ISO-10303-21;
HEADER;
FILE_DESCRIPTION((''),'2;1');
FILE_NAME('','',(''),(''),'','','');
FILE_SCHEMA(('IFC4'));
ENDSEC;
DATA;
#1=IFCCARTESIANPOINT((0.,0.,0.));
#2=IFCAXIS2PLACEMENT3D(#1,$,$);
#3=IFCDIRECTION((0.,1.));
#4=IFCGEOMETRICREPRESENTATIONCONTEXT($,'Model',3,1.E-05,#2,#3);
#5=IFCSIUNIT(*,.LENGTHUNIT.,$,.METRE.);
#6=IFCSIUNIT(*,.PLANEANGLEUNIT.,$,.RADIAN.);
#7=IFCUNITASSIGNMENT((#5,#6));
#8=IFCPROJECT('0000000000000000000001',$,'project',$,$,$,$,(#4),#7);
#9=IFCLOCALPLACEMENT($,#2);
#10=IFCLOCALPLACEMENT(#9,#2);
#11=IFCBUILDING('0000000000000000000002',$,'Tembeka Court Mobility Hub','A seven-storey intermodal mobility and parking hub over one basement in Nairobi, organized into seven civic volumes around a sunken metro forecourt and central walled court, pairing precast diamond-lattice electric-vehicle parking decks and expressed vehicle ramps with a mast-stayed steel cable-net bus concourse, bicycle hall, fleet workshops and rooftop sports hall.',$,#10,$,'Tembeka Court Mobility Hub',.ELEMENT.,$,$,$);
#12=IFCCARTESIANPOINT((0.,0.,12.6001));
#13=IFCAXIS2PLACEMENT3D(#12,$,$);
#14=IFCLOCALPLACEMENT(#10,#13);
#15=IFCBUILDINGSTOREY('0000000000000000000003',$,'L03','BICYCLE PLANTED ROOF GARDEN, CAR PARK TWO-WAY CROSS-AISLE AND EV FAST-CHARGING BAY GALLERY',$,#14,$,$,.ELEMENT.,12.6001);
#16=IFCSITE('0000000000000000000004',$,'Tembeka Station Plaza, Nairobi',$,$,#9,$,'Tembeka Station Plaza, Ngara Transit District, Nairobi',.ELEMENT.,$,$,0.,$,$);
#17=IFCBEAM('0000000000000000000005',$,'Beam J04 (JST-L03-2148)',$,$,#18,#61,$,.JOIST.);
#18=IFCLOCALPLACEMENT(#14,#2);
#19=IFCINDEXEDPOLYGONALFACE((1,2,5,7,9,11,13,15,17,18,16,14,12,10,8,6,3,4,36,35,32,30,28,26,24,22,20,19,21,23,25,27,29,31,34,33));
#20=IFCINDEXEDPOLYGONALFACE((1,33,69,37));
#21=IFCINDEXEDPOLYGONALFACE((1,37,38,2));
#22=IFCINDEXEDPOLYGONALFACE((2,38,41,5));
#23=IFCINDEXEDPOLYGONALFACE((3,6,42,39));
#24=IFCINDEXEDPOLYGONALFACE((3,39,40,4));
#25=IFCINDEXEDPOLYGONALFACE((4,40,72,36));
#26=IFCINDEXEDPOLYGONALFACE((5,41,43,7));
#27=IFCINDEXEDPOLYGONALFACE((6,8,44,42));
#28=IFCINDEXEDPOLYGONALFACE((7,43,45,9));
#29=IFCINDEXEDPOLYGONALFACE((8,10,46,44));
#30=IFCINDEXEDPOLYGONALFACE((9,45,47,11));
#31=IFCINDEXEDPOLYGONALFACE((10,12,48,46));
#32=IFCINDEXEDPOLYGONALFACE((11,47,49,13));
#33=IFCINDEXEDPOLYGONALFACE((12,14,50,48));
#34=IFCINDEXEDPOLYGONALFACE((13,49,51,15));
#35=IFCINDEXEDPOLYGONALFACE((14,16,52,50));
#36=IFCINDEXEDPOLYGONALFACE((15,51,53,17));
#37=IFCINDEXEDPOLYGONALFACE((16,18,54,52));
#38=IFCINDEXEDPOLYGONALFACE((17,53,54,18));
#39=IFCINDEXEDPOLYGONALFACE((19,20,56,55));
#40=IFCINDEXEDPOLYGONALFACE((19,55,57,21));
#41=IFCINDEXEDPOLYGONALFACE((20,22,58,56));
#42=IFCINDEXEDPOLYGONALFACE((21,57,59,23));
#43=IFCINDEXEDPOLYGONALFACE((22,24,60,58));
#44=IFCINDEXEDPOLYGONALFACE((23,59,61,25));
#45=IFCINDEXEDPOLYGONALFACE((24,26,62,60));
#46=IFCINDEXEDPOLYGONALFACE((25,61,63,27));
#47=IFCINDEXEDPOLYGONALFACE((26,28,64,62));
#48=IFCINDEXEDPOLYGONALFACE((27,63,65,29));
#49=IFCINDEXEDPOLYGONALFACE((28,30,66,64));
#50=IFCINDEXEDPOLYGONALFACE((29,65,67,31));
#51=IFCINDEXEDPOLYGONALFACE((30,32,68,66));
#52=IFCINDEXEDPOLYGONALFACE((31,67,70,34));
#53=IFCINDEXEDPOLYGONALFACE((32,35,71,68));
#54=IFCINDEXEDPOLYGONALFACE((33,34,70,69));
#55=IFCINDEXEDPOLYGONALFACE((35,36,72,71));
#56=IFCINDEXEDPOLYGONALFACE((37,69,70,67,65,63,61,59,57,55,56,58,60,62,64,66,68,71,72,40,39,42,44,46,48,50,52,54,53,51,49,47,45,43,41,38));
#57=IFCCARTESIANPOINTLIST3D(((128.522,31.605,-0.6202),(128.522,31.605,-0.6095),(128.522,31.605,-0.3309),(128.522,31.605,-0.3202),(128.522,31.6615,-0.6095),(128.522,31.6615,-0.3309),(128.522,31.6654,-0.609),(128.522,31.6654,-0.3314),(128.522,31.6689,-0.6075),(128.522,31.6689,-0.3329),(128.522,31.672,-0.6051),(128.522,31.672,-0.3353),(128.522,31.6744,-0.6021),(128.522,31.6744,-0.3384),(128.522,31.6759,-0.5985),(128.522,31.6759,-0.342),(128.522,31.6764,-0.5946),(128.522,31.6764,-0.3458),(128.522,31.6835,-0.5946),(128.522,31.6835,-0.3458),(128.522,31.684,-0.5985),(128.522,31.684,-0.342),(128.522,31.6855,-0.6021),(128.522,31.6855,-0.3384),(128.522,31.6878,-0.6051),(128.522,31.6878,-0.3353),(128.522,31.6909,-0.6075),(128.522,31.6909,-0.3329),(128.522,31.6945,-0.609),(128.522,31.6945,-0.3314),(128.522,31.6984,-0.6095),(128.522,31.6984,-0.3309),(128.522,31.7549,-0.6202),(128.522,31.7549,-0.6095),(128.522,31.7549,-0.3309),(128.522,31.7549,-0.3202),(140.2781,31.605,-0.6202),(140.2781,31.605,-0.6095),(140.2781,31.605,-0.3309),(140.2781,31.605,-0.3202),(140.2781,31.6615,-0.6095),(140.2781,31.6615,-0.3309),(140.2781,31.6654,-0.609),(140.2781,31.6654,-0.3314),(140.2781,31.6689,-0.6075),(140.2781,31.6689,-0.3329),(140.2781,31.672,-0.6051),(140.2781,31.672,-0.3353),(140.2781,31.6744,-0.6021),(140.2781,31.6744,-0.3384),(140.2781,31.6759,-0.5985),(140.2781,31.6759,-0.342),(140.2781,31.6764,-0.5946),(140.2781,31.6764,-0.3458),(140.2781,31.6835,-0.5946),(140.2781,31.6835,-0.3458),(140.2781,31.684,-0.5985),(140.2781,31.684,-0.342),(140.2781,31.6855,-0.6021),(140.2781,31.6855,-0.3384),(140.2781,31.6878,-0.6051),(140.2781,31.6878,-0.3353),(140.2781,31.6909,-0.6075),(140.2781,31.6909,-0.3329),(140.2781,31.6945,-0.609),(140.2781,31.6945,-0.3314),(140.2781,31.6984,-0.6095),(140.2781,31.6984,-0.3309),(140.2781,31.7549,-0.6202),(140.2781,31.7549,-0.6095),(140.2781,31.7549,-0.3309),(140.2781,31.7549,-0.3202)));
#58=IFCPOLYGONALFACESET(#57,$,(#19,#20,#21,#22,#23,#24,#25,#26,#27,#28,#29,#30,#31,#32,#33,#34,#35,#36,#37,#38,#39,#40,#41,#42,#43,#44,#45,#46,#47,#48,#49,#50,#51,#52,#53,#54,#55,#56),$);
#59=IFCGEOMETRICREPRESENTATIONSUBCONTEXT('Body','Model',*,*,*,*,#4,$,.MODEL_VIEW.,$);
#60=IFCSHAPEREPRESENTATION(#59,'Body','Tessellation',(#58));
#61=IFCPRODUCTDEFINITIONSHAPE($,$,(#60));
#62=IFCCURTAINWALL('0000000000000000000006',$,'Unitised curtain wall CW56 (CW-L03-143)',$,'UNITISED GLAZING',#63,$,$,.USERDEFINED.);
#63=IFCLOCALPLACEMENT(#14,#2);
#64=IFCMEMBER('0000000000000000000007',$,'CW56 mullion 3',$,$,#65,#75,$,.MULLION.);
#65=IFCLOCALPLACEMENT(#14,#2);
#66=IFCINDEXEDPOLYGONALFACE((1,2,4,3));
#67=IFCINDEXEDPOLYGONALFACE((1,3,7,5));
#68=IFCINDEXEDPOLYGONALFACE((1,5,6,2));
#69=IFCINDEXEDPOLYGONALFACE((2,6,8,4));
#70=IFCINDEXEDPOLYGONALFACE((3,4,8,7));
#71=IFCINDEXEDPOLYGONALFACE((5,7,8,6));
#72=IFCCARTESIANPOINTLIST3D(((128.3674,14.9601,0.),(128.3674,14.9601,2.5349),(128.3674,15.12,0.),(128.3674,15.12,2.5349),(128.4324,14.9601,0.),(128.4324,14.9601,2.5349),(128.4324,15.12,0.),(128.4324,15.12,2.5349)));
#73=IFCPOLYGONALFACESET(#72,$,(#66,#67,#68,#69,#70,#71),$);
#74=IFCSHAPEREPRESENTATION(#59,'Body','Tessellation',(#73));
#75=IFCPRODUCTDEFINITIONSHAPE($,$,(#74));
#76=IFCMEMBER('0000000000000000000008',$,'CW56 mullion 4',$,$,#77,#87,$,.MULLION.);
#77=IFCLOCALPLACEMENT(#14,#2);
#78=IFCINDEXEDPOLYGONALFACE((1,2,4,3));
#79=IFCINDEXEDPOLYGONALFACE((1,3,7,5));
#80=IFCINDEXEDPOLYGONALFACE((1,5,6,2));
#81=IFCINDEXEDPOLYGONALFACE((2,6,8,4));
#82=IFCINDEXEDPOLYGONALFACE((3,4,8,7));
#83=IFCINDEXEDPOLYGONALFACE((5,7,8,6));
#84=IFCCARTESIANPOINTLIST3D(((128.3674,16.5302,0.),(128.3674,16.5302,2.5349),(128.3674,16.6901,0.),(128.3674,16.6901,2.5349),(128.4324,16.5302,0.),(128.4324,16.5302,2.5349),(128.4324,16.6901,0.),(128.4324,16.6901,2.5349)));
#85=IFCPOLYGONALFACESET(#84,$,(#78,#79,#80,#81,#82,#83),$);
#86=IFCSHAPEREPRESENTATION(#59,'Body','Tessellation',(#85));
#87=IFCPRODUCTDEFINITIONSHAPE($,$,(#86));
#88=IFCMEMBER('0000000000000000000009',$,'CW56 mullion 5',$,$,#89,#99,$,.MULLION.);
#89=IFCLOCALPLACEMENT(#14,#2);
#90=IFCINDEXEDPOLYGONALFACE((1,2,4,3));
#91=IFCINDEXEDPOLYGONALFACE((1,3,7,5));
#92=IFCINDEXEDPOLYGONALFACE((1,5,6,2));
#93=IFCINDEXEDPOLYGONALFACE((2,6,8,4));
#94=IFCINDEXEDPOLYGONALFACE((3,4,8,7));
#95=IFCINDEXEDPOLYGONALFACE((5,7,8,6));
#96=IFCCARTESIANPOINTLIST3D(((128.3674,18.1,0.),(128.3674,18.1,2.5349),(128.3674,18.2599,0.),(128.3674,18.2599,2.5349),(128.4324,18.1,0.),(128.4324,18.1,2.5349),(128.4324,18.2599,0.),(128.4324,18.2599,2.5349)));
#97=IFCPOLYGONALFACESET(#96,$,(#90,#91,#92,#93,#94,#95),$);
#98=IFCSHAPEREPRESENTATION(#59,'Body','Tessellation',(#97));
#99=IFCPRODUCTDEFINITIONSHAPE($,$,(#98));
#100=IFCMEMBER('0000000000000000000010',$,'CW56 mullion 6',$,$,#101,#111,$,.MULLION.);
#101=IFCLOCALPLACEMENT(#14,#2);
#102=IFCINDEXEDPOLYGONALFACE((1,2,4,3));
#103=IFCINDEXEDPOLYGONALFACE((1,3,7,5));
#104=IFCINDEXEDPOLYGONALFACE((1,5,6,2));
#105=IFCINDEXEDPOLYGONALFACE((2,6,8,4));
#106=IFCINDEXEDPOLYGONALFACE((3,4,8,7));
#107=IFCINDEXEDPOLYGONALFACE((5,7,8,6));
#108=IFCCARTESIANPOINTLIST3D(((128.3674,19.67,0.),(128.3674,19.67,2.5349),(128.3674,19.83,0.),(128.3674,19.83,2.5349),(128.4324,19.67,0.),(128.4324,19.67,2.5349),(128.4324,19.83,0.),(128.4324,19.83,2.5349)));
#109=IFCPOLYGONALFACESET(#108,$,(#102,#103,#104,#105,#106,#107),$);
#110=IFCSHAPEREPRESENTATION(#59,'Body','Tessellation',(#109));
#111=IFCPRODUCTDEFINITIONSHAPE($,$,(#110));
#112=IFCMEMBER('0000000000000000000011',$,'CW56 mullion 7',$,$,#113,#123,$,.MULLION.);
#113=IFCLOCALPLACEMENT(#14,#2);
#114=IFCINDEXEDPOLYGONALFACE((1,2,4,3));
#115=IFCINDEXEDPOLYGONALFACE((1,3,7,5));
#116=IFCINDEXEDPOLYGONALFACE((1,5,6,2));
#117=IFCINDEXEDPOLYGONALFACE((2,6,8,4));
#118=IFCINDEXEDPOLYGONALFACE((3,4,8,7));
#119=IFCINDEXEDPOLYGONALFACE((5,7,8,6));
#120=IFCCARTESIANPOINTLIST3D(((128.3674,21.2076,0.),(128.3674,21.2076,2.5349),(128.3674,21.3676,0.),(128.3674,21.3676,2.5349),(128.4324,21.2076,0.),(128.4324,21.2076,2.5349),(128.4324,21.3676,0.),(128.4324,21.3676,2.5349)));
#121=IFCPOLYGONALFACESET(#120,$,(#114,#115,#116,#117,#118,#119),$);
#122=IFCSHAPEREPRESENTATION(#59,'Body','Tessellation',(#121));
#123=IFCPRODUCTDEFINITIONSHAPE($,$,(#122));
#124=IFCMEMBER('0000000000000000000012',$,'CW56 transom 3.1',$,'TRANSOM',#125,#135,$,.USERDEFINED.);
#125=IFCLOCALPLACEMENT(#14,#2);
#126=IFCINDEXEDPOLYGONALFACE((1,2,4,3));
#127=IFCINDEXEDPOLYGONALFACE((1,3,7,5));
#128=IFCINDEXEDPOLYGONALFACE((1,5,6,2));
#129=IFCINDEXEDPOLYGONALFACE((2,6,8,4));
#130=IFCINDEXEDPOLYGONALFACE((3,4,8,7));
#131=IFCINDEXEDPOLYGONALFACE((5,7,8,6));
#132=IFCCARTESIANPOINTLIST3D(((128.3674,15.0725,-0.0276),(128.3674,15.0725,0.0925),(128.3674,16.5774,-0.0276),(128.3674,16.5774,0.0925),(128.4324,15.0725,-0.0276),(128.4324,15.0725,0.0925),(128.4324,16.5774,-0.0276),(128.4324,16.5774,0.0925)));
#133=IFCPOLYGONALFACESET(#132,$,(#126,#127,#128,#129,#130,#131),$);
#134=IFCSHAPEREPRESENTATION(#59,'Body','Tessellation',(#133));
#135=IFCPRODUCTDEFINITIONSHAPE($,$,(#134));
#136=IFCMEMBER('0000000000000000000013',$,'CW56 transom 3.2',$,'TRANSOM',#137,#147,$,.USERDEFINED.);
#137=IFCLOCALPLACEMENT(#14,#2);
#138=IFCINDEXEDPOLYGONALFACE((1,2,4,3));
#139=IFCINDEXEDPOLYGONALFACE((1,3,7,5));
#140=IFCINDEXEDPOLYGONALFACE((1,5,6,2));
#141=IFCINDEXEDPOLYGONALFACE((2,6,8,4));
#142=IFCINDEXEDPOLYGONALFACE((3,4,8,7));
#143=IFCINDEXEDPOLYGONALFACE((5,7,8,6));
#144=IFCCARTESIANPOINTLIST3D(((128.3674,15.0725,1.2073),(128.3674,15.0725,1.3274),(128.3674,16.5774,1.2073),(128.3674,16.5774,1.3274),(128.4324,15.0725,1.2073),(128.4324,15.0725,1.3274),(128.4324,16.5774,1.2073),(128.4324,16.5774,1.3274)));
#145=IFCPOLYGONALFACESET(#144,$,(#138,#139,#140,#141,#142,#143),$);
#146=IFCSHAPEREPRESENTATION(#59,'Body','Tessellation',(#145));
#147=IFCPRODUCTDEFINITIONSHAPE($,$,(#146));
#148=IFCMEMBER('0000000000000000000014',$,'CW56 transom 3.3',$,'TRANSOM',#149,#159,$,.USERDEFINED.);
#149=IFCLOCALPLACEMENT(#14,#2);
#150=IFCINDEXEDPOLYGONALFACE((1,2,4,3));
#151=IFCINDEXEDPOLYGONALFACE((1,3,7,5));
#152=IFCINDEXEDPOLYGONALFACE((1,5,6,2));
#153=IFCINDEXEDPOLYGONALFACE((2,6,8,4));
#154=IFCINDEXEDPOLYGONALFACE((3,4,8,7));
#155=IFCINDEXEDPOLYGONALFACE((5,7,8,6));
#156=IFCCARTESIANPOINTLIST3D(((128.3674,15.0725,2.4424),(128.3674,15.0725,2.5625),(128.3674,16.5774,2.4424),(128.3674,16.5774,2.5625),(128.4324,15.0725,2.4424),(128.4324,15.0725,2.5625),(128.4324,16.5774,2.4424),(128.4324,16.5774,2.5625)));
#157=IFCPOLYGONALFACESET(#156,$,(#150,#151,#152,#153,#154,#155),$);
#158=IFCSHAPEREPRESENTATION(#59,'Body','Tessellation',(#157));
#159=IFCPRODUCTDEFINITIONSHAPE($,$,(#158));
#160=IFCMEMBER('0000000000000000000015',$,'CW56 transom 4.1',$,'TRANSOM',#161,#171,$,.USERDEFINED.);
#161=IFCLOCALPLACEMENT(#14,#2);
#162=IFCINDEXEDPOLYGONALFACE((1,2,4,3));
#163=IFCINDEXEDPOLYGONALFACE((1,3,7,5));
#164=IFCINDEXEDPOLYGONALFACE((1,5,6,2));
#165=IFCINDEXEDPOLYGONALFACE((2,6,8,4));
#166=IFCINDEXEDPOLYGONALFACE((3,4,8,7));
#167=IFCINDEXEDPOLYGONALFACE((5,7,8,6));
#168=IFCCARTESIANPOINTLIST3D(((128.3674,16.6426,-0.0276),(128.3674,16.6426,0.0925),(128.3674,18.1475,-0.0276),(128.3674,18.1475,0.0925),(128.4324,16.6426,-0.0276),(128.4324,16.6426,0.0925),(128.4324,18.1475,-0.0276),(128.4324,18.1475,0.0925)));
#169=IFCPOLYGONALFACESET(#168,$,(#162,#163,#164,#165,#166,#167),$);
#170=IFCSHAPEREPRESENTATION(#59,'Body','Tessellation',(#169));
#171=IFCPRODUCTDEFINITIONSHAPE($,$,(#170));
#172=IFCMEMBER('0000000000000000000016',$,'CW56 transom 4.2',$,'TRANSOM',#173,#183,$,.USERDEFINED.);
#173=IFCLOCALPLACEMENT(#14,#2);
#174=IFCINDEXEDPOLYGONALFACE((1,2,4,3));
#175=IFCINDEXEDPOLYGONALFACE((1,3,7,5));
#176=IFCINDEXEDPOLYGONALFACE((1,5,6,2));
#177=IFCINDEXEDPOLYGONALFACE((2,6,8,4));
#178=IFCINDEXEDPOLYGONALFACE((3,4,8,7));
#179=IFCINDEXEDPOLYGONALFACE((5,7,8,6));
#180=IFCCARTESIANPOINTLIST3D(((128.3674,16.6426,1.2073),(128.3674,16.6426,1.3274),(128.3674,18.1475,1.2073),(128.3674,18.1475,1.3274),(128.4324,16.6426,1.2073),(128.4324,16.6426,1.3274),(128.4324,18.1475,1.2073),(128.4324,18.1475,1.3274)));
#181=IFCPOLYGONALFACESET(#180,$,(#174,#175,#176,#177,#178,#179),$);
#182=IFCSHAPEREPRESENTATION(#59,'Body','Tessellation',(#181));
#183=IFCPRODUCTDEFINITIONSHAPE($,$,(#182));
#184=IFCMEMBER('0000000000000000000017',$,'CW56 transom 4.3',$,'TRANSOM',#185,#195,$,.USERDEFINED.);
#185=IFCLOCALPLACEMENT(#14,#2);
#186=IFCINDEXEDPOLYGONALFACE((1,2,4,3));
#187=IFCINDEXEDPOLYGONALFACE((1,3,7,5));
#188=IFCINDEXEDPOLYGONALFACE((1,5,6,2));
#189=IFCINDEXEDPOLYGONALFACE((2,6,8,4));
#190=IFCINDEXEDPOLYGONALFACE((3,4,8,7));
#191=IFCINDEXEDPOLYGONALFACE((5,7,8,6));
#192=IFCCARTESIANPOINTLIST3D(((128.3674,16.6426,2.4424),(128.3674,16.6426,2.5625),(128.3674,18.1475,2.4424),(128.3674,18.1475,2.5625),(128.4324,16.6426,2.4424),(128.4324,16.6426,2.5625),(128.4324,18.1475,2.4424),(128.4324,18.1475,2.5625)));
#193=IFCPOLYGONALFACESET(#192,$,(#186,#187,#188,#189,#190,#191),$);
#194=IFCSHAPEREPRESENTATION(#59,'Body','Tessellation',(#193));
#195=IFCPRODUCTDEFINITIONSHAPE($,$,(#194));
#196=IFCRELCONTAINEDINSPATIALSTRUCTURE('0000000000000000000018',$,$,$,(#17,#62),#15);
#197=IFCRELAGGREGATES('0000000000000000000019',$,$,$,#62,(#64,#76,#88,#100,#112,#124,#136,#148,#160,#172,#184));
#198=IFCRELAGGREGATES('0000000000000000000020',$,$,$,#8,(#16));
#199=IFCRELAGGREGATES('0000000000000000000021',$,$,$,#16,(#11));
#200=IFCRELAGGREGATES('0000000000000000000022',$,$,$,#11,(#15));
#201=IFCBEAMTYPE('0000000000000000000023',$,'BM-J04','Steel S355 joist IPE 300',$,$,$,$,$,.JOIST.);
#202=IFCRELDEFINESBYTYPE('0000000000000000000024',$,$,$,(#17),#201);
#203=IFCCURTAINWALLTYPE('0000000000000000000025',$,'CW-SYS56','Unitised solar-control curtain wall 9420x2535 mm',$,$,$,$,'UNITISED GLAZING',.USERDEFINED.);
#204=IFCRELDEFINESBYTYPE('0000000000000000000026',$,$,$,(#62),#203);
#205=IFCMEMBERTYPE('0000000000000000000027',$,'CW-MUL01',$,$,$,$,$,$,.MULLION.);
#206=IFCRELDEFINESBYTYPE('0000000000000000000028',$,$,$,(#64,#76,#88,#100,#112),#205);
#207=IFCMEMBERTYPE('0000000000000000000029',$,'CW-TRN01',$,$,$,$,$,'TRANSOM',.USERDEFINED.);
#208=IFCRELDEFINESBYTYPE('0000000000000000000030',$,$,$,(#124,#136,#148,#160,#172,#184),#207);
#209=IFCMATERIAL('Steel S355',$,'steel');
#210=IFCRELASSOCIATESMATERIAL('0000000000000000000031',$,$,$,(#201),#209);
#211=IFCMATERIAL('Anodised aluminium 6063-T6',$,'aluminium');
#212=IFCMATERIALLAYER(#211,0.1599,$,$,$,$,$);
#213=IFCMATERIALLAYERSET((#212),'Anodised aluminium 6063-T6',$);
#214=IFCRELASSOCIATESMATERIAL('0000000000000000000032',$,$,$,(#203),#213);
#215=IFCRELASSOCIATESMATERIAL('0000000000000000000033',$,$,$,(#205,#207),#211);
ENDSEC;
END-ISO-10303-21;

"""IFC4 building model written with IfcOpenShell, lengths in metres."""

from ifc_helpers import new_model, si_unit, direction, frame, origin, origin_2d, place, context, subcontext, project, spatial, rectangle, i_section, extrude, material, layer, layer_set, material_profile, profile_set, type_object, element, aggregate, save


model = new_model("IFC4")

# Units and contexts
model_context = context("Model", 3, precision=1e-05, world=origin(), true_north=direction((0.0, 1.0)))
body_context = subcontext(model_context, "Body", "Model", "MODEL_VIEW")
ifc_project = project(units=[si_unit("LENGTHUNIT", "METRE"), si_unit("PLANEANGLEUNIT", "RADIAN")], contexts=[model_context])

# Site, building, storey
site_placement = place(None, origin())
site = spatial("IfcSite", under=ifc_project, at=site_placement, Name="Tembeka Station Plaza, Nairobi", LongName="Tembeka Station Plaza, Ngara Transit District, Nairobi", CompositionType="ELEMENT", RefElevation=0.0)
building_placement = place(site_placement, origin())
building = spatial("IfcBuilding", under=site, at=building_placement, Name="Tembeka Court Mobility Hub", Description="A seven-storey intermodal mobility and parking hub over one basement in Nairobi, organized into seven civic volumes around a sunken metro forecourt and central walled court, pairing precast diamond-lattice electric-vehicle parking decks and expressed vehicle ramps with a mast-stayed steel cable-net bus concourse, bicycle hall, fleet workshops and rooftop sports hall.", LongName="Tembeka Court Mobility Hub", CompositionType="ELEMENT")
storey_placement = place(building_placement, frame((0.0, 0.0, 12.6001)))
storey = spatial("IfcBuildingStorey", under=building, at=storey_placement, Name="L03", Description="BICYCLE PLANTED ROOF GARDEN, CAR PARK TWO-WAY CROSS-AISLE AND EV FAST-CHARGING BAY GALLERY", CompositionType="ELEMENT", Elevation=12.6001)

# Shared definitions
ifc_material_1 = material(Name="Steel S355", Category="steel")

# Beam
ifc_material_profile_1 = material_profile(ifc_material_1, i_section(OverallWidth=0.1499, OverallDepth=0.3, WebThickness=0.0071, FlangeThickness=0.0107, FilletRadius=0.0149, at=origin_2d()), Name="IPE 300")
ifc_profile_set_1 = profile_set([ifc_material_profile_1], Name="Steel S355")
beam_type_1 = type_object("IfcBeamType", Name="BM-J04", Description="Steel S355 joist IPE 300", PredefinedType="JOIST", material=ifc_profile_set_1)
for number, where, z_axis, x_axis, name in (
    (1, (128.522, 31.6799, -0.4702), (1.0, 0.0, 0.0), (0.0, 1.0, 0.0), "Beam J04 (JST-L03-2148)"),
):
    element("IfcBeam", number, at=place(storey_placement, frame(where, z_axis=z_axis, x_axis=x_axis)), inside=storey, type_object=beam_type_1, Name=name, PredefinedType="JOIST", context=body_context, shape_type="SweptSolid", body=[
        extrude(i_section(OverallWidth=0.1499, OverallDepth=0.3, WebThickness=0.0071, FlangeThickness=0.0107, FilletRadius=0.0149, at=origin_2d()), origin(), (0.0, 0.0, 1.0), 11.7561),
    ])

# Curtain wall, members
ifc_material_2 = material(Name="Anodised aluminium 6063-T6", Category="aluminium")
ifc_layer_1 = layer(ifc_material_2, 0.1599)
ifc_layer_set_1 = layer_set([ifc_layer_1], Name="Anodised aluminium 6063-T6")
curtain_wall_type = type_object("IfcCurtainWallType", Name="CW-SYS56", Description="Unitised solar-control curtain wall 9420x2535 mm", ElementType="UNITISED GLAZING", PredefinedType="USERDEFINED", material=ifc_layer_set_1)
curtain_wall_placement = place(storey_placement, origin())
curtain_wall = element("IfcCurtainWall", 2, at=curtain_wall_placement, inside=storey, type_object=curtain_wall_type, Name="Unitised curtain wall CW56 (CW-L03-143)", ObjectType="UNITISED GLAZING", PredefinedType="USERDEFINED")
ifc_material_profile_2 = material_profile(ifc_material_2, rectangle(XDim=0.0649, YDim=0.1599, at=origin_2d()), Name="ALU-MUL 65x160")
ifc_profile_set_2 = profile_set([ifc_material_profile_2], Name="Anodised aluminium 6063-T6")
member_type_1 = type_object("IfcMemberType", Name="CW-MUL01", PredefinedType="MULLION", material=ifc_profile_set_2)
member_1_placement = place(storey_placement, frame((128.3999, 15.04, 0.0), z_axis=(0.0, 0.0, 1.0), x_axis=(-1.0, 0.0, 0.0)))
member_1 = element("IfcMember", 3, at=member_1_placement, type_object=member_type_1, Name="CW56 mullion 3", PredefinedType="MULLION", context=body_context, shape_type="SweptSolid", body=[
    extrude(rectangle(XDim=0.0649, YDim=0.1599, at=origin_2d()), origin(), (0.0, 0.0, 1.0), 2.5349),
])
member_2_placement = place(storey_placement, frame((128.3999, 16.6101, 0.0), z_axis=(0.0, 0.0, 1.0), x_axis=(-1.0, 0.0, 0.0)))
member_2 = element("IfcMember", 4, at=member_2_placement, type_object=member_type_1, Name="CW56 mullion 4", PredefinedType="MULLION", context=body_context, shape_type="SweptSolid", body=[
    extrude(rectangle(XDim=0.0649, YDim=0.1599, at=origin_2d()), origin(), (0.0, 0.0, 1.0), 2.5349),
])
member_3_placement = place(storey_placement, frame((128.3999, 18.1799, 0.0), z_axis=(0.0, 0.0, 1.0), x_axis=(-1.0, 0.0, 0.0)))
member_3 = element("IfcMember", 5, at=member_3_placement, type_object=member_type_1, Name="CW56 mullion 5", PredefinedType="MULLION", context=body_context, shape_type="SweptSolid", body=[
    extrude(rectangle(XDim=0.0649, YDim=0.1599, at=origin_2d()), origin(), (0.0, 0.0, 1.0), 2.5349),
])
member_4_placement = place(storey_placement, frame((128.3999, 19.75, 0.0), z_axis=(0.0, 0.0, 1.0), x_axis=(-1.0, 0.0, 0.0)))
member_4 = element("IfcMember", 6, at=member_4_placement, type_object=member_type_1, Name="CW56 mullion 6", PredefinedType="MULLION", context=body_context, shape_type="SweptSolid", body=[
    extrude(rectangle(XDim=0.0649, YDim=0.1599, at=origin_2d()), origin(), (0.0, 0.0, 1.0), 2.5349),
])
member_5_placement = place(storey_placement, frame((128.3999, 21.2876, 0.0), z_axis=(0.0, 0.0, 1.0), x_axis=(-1.0, 0.0, 0.0)))
member_5 = element("IfcMember", 7, at=member_5_placement, type_object=member_type_1, Name="CW56 mullion 7", PredefinedType="MULLION", context=body_context, shape_type="SweptSolid", body=[
    extrude(rectangle(XDim=0.0649, YDim=0.1599, at=origin_2d()), origin(), (0.0, 0.0, 1.0), 2.5349),
])
ifc_material_profile_3 = material_profile(ifc_material_2, rectangle(XDim=0.0649, YDim=0.1201, at=origin_2d()), Name="ALU-TRN 65x120")
ifc_profile_set_3 = profile_set([ifc_material_profile_3], Name="Anodised aluminium 6063-T6")
member_type_2 = type_object("IfcMemberType", Name="CW-TRN01", ElementType="TRANSOM", PredefinedType="USERDEFINED", material=ifc_profile_set_3)
member_6_placement = place(storey_placement, frame((128.3999, 15.0725, 0.0325), z_axis=(0.0, 1.0, 0.0), x_axis=(-1.0, 0.0, 0.0)))
member_6 = element("IfcMember", 8, at=member_6_placement, type_object=member_type_2, Name="CW56 transom 3.1", ObjectType="TRANSOM", PredefinedType="USERDEFINED", context=body_context, shape_type="SweptSolid", body=[
    extrude(rectangle(XDim=0.0649, YDim=0.1201, at=origin_2d()), origin(), (0.0, 0.0, 1.0), 1.5049),
])
member_7_placement = place(storey_placement, frame((128.3999, 15.0725, 1.2673), z_axis=(0.0, 1.0, 0.0), x_axis=(-1.0, 0.0, 0.0)))
member_7 = element("IfcMember", 9, at=member_7_placement, type_object=member_type_2, Name="CW56 transom 3.2", ObjectType="TRANSOM", PredefinedType="USERDEFINED", context=body_context, shape_type="SweptSolid", body=[
    extrude(rectangle(XDim=0.0649, YDim=0.1201, at=origin_2d()), origin(), (0.0, 0.0, 1.0), 1.5049),
])
member_8_placement = place(storey_placement, frame((128.3999, 15.0725, 2.5024), z_axis=(0.0, 1.0, 0.0), x_axis=(-1.0, 0.0, 0.0)))
member_8 = element("IfcMember", 10, at=member_8_placement, type_object=member_type_2, Name="CW56 transom 3.3", ObjectType="TRANSOM", PredefinedType="USERDEFINED", context=body_context, shape_type="SweptSolid", body=[
    extrude(rectangle(XDim=0.0649, YDim=0.1201, at=origin_2d()), origin(), (0.0, 0.0, 1.0), 1.5049),
])
member_9_placement = place(storey_placement, frame((128.3999, 16.6426, 0.0325), z_axis=(0.0, 1.0, 0.0), x_axis=(-1.0, 0.0, 0.0)))
member_9 = element("IfcMember", 11, at=member_9_placement, type_object=member_type_2, Name="CW56 transom 4.1", ObjectType="TRANSOM", PredefinedType="USERDEFINED", context=body_context, shape_type="SweptSolid", body=[
    extrude(rectangle(XDim=0.0649, YDim=0.1201, at=origin_2d()), origin(), (0.0, 0.0, 1.0), 1.5049),
])
member_10_placement = place(storey_placement, frame((128.3999, 16.6426, 1.2673), z_axis=(0.0, 1.0, 0.0), x_axis=(-1.0, 0.0, 0.0)))
member_10 = element("IfcMember", 12, at=member_10_placement, type_object=member_type_2, Name="CW56 transom 4.2", ObjectType="TRANSOM", PredefinedType="USERDEFINED", context=body_context, shape_type="SweptSolid", body=[
    extrude(rectangle(XDim=0.0649, YDim=0.1201, at=origin_2d()), origin(), (0.0, 0.0, 1.0), 1.5049),
])
member_11_placement = place(storey_placement, frame((128.3999, 16.6426, 2.5024), z_axis=(0.0, 1.0, 0.0), x_axis=(-1.0, 0.0, 0.0)))
member_11 = element("IfcMember", 13, at=member_11_placement, type_object=member_type_2, Name="CW56 transom 4.3", ObjectType="TRANSOM", PredefinedType="USERDEFINED", context=body_context, shape_type="SweptSolid", body=[
    extrude(rectangle(XDim=0.0649, YDim=0.1201, at=origin_2d()), origin(), (0.0, 0.0, 1.0), 1.5049),
])
aggregate(curtain_wall, [member_1, member_2, member_3, member_4, member_5, member_6, member_7, member_8, member_9, member_10, member_11])

save(model, "model.ifc")
